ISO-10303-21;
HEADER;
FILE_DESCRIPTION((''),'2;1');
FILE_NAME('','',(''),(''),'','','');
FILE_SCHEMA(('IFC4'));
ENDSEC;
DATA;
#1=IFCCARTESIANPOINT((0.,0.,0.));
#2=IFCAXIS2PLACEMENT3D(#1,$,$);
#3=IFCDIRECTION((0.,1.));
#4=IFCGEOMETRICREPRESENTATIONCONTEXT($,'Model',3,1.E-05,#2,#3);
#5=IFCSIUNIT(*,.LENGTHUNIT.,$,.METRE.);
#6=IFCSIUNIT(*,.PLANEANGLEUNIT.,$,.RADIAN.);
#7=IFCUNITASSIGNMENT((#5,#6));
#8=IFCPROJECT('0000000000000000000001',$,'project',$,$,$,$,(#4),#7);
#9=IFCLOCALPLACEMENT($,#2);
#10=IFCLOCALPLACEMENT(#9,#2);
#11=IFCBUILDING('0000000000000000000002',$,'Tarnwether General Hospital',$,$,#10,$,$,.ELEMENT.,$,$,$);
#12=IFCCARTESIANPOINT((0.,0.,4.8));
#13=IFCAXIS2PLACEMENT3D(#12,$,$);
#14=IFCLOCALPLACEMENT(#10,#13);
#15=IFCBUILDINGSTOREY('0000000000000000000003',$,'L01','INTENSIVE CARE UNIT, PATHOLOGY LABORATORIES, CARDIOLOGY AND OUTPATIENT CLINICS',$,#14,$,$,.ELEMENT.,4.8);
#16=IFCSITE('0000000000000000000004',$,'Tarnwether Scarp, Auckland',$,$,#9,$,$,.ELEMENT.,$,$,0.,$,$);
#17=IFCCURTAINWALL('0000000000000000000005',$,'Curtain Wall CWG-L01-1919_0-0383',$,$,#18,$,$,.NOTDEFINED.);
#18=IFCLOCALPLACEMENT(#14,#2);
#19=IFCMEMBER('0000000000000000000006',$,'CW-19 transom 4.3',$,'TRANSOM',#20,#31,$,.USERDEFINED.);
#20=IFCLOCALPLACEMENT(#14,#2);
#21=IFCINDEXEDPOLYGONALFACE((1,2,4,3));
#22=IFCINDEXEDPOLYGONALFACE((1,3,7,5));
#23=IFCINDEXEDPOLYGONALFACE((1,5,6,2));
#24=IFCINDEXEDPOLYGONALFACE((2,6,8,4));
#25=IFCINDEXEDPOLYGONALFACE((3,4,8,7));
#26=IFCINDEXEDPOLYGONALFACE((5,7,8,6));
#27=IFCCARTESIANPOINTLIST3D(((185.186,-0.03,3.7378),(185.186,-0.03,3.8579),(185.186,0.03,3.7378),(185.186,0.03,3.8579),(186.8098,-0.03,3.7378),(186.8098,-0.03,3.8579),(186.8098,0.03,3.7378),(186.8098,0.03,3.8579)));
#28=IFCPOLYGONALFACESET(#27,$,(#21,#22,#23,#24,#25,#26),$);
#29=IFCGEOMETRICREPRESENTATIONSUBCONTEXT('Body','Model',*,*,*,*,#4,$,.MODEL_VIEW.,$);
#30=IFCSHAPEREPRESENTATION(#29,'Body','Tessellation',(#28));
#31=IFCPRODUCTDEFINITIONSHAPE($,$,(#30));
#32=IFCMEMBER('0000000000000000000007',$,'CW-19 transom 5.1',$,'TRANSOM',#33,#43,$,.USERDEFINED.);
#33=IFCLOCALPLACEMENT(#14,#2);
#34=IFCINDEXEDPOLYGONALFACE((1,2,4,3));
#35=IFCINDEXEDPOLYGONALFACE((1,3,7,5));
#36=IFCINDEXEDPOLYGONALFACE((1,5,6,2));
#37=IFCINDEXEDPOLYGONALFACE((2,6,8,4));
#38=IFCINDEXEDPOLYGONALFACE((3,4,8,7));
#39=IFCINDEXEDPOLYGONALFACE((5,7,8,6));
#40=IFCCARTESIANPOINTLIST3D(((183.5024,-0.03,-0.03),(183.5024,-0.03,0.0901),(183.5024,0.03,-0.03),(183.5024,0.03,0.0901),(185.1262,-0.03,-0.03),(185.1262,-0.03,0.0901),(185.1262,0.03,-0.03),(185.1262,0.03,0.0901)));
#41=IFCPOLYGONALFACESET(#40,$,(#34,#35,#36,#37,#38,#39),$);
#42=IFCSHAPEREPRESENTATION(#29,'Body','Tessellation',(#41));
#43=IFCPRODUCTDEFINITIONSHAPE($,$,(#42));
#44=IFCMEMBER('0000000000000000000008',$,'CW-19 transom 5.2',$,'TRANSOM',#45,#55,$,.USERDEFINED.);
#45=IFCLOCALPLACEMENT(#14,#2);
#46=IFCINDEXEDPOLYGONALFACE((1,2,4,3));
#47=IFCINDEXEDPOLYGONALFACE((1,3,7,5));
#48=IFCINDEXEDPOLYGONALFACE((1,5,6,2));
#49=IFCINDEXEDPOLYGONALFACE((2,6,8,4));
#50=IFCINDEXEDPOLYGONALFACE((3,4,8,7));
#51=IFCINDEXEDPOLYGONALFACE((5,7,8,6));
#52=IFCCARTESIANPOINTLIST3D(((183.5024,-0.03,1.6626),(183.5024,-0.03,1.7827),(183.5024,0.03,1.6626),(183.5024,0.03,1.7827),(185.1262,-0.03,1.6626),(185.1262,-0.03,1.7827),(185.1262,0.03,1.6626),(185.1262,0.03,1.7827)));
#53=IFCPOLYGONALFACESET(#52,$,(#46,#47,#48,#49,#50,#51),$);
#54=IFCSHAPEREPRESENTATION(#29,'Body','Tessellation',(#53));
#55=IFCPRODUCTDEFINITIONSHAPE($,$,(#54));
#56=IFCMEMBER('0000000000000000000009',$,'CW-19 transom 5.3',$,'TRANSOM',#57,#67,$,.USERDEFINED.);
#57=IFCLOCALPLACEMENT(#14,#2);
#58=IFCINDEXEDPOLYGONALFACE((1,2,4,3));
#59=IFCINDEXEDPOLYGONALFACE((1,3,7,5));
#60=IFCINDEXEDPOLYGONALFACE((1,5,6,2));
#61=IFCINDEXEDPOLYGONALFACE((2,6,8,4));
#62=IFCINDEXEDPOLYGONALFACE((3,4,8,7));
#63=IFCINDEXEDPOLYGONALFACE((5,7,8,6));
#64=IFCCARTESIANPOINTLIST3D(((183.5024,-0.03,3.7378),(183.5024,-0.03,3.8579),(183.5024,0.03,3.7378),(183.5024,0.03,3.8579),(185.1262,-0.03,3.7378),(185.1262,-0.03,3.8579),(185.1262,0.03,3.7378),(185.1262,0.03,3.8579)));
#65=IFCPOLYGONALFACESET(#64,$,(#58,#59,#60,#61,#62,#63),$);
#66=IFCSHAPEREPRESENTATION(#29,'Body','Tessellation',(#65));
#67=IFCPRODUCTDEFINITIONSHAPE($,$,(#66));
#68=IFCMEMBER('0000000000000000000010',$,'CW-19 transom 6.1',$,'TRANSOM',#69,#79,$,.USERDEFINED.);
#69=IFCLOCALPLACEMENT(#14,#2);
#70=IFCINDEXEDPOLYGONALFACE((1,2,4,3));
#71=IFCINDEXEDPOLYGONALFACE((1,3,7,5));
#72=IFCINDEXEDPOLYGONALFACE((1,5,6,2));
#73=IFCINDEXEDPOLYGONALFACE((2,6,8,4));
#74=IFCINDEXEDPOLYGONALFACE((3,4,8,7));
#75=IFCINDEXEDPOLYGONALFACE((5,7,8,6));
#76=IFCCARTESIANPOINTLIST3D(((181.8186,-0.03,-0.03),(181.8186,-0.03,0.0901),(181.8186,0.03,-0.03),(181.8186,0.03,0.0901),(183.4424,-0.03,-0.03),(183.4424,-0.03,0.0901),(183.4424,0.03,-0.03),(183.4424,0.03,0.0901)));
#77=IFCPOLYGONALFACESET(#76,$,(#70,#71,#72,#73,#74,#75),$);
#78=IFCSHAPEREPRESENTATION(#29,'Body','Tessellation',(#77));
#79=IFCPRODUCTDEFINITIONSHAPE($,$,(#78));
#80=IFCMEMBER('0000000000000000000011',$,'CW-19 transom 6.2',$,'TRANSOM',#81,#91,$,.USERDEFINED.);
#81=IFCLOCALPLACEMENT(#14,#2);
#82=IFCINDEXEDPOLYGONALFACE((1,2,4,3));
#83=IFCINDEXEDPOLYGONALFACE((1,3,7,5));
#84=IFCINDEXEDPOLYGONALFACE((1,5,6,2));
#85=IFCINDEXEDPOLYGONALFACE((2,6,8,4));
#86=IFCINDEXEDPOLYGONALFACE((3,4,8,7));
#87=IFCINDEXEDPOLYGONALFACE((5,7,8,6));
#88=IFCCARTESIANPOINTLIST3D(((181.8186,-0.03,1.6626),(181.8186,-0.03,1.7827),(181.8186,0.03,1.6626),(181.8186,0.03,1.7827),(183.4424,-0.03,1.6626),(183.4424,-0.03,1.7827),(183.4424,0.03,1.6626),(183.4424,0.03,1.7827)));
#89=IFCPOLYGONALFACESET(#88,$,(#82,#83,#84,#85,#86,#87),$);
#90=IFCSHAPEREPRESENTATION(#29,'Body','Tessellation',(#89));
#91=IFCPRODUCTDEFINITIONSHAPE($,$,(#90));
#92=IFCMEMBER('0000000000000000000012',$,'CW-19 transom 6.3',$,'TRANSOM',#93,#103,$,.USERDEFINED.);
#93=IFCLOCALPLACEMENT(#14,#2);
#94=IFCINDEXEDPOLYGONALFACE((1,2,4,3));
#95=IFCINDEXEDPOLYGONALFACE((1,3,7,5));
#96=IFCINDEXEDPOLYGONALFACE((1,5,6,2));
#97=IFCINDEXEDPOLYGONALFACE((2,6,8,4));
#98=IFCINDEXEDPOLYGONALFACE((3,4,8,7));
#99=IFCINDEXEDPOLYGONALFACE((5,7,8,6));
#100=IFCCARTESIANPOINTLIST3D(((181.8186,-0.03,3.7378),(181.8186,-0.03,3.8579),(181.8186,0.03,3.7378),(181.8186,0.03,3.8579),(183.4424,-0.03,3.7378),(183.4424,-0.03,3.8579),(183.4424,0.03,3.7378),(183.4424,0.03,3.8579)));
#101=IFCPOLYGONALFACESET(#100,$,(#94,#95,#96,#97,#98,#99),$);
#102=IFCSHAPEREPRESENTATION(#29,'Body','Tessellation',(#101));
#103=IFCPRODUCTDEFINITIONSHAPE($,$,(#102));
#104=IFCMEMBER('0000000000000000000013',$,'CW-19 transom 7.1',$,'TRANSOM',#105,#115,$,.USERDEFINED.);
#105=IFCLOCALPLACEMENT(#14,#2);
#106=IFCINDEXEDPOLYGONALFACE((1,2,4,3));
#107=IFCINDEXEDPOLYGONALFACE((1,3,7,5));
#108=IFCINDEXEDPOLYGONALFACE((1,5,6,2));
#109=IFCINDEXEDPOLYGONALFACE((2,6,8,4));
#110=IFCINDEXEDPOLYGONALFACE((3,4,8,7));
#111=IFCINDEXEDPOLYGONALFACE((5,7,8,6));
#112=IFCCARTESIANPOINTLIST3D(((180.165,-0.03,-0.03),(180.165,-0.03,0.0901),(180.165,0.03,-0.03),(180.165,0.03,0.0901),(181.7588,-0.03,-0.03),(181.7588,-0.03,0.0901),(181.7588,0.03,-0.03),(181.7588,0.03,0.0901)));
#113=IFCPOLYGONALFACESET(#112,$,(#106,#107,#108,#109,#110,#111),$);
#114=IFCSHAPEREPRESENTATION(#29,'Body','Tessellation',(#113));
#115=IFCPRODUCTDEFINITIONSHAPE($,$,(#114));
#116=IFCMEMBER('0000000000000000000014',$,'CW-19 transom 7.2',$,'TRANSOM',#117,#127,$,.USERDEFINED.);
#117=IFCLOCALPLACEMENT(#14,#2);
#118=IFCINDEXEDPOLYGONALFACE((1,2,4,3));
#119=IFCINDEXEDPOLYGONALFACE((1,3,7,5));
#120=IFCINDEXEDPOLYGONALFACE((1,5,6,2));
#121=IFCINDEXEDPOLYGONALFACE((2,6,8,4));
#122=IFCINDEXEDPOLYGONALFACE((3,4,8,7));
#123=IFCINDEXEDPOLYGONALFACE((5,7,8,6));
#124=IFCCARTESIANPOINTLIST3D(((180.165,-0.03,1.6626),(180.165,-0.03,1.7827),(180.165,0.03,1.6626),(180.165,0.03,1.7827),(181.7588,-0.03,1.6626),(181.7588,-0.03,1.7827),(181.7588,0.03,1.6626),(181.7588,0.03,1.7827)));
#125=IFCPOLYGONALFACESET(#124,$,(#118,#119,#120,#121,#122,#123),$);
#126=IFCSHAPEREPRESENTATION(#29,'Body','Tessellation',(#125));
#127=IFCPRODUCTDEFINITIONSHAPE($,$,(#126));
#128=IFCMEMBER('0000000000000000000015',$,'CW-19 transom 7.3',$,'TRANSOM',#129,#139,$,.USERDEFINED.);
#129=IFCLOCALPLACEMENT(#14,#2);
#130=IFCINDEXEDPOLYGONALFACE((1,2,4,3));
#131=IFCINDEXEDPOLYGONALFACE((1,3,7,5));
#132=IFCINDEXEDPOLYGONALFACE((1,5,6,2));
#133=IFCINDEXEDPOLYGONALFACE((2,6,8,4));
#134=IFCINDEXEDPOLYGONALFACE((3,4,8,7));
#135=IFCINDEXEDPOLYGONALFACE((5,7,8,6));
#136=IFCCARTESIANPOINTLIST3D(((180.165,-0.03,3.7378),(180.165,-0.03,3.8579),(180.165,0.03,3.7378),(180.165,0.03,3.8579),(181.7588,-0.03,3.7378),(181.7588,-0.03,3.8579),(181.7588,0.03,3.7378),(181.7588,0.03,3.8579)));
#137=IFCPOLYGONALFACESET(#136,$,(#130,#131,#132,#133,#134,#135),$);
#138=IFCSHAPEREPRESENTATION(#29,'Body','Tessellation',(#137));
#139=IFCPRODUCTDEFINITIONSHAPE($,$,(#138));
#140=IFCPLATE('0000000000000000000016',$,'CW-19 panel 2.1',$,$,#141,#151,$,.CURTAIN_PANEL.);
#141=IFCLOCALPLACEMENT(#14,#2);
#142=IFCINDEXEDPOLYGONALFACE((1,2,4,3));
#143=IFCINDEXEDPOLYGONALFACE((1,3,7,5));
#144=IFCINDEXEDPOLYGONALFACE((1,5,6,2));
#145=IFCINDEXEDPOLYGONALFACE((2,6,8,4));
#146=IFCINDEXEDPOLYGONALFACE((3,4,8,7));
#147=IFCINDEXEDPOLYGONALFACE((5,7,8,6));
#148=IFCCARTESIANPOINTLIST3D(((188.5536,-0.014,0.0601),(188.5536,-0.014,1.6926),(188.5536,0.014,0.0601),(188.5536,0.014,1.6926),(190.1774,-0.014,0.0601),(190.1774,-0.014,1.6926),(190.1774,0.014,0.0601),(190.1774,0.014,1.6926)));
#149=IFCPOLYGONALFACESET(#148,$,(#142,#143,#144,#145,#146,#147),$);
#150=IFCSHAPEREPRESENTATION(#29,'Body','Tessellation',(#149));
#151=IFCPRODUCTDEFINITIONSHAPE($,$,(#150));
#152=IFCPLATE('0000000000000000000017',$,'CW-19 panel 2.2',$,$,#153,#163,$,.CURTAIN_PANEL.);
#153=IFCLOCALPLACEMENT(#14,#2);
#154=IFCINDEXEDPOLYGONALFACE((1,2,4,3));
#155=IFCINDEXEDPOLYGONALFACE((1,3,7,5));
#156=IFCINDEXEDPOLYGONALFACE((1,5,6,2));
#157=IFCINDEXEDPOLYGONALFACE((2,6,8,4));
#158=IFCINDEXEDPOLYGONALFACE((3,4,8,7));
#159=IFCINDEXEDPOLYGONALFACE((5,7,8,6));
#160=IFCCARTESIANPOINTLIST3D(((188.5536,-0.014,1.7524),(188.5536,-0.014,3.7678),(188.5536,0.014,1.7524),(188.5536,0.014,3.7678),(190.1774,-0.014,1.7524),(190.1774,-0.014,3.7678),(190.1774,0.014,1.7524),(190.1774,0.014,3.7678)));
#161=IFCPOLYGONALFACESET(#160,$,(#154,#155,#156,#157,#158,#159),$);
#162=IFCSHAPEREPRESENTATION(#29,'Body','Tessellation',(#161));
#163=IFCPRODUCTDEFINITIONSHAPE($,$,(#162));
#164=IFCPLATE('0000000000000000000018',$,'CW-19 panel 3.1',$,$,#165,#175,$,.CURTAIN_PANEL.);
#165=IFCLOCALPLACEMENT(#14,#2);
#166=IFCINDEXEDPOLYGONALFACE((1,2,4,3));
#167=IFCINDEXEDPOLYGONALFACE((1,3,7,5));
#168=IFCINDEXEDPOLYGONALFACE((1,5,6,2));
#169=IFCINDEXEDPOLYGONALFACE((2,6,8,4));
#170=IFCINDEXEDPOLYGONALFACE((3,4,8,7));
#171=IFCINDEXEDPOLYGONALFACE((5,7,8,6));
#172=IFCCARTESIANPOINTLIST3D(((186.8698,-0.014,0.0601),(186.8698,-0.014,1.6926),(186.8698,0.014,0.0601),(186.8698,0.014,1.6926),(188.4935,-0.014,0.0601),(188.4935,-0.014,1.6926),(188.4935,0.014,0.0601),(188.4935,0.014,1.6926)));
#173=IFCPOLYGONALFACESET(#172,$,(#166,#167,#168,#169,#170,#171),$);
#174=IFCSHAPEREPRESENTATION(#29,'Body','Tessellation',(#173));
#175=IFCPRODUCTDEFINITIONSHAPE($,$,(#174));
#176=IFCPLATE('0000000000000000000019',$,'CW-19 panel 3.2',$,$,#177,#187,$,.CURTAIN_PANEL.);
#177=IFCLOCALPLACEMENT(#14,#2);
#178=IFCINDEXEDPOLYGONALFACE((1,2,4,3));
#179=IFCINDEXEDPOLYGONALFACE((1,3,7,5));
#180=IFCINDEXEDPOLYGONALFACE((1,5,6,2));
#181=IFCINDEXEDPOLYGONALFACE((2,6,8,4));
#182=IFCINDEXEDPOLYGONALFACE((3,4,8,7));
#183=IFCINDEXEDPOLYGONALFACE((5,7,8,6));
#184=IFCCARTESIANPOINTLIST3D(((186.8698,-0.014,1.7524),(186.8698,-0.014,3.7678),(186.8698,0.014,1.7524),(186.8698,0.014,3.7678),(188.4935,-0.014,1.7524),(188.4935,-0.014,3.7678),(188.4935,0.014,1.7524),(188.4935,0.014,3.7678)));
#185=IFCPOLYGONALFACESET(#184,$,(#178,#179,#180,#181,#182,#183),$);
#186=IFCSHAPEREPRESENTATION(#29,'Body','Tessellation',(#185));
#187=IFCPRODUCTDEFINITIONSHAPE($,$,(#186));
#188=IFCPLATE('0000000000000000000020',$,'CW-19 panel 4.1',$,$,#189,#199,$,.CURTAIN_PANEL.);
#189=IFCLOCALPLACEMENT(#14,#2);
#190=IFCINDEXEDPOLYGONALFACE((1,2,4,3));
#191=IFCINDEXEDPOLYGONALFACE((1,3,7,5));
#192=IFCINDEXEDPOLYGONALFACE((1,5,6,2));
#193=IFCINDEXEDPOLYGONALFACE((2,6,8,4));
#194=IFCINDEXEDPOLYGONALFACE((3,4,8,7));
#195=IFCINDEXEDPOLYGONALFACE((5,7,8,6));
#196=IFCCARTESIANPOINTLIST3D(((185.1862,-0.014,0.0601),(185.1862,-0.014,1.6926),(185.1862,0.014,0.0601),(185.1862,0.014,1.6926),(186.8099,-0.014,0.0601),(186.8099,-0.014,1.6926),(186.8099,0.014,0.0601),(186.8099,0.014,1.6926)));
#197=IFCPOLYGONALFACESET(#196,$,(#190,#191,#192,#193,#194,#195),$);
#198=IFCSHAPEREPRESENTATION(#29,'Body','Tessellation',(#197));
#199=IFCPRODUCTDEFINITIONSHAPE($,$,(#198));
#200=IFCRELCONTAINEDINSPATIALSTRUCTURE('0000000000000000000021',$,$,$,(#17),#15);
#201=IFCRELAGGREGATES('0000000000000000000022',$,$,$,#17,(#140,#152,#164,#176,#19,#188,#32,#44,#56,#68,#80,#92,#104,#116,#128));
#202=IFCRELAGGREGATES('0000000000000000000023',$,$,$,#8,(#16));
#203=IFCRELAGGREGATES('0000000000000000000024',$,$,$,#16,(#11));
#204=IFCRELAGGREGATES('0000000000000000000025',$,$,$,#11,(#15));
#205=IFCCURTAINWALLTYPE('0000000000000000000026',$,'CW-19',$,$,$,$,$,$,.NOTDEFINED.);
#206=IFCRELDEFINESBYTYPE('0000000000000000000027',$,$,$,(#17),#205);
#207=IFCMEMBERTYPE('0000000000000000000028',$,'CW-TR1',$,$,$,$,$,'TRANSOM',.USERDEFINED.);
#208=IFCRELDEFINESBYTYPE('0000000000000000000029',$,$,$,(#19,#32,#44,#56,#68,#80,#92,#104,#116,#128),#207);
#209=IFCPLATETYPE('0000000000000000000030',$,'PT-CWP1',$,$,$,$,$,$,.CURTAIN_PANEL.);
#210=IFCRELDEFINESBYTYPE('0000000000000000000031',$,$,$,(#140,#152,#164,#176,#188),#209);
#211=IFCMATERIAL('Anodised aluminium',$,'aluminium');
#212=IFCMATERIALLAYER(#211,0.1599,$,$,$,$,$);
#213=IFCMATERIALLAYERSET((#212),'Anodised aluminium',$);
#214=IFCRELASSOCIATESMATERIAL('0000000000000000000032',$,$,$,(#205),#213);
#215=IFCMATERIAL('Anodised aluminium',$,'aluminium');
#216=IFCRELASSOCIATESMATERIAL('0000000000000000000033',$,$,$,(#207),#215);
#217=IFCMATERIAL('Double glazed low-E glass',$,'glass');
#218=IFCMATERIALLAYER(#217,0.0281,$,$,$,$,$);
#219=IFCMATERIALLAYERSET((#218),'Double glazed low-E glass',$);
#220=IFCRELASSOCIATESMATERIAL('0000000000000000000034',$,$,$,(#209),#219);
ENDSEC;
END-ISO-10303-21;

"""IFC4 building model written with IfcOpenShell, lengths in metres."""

from ifc_helpers import new_model, si_unit, direction, frame, origin, origin_2d, place, context, subcontext, project, spatial, rectangle, extrude, material, layer, layer_set, material_profile, profile_set, type_object, element, aggregate, save


model = new_model("IFC4")

# Units and contexts
model_context = context("Model", 3, precision=1e-05, world=origin(), true_north=direction((0.0, 1.0)))
body_context = subcontext(model_context, "Body", "Model", "MODEL_VIEW")
ifc_project = project(units=[si_unit("LENGTHUNIT", "METRE"), si_unit("PLANEANGLEUNIT", "RADIAN")], contexts=[model_context])

# Site, building, storey
site_placement = place(None, origin())
site = spatial("IfcSite", under=ifc_project, at=site_placement, Name="Tarnwether Scarp, Auckland", CompositionType="ELEMENT", RefElevation=0.0)
building_placement = place(site_placement, origin())
building = spatial("IfcBuilding", under=site, at=building_placement, Name="Tarnwether General Hospital", CompositionType="ELEMENT")
storey_placement = place(building_placement, frame((0.0, 0.0, 4.8)))
storey = spatial("IfcBuildingStorey", under=building, at=storey_placement, Name="L01", Description="INTENSIVE CARE UNIT, PATHOLOGY LABORATORIES, CARDIOLOGY AND OUTPATIENT CLINICS", CompositionType="ELEMENT", Elevation=4.8)

# Curtain wall, members, plates
ifc_material_1 = material(Name="Anodised aluminium", Category="aluminium")
ifc_layer_1 = layer(ifc_material_1, 0.1599)
ifc_layer_set_1 = layer_set([ifc_layer_1], Name="Anodised aluminium")
curtain_wall_type = type_object("IfcCurtainWallType", Name="CW-19", PredefinedType="NOTDEFINED", material=ifc_layer_set_1)
curtain_wall_placement = place(storey_placement, origin())
curtain_wall = element("IfcCurtainWall", 1, at=curtain_wall_placement, inside=storey, type_object=curtain_wall_type, Name="Curtain Wall CWG-L01-1919_0-0383", PredefinedType="NOTDEFINED")
ifc_material_2 = material(Name="Anodised aluminium", Category="aluminium")
ifc_material_profile_1 = material_profile(ifc_material_2, rectangle(XDim=0.0601, YDim=0.1201, at=origin_2d()), Name="ALU-TRN-60x120")
ifc_profile_set_1 = profile_set([ifc_material_profile_1], Name="Anodised aluminium")
member_type_1 = type_object("IfcMemberType", Name="CW-TR1", ElementType="TRANSOM", PredefinedType="USERDEFINED", material=ifc_profile_set_1)
member_1_placement = place(storey_placement, frame((186.8098, 0.0, 3.7979), z_axis=(-1.0, 0.0, 0.0), x_axis=(0.0, -1.0, 0.0)))
member_1 = element("IfcMember", 2, at=member_1_placement, type_object=member_type_1, Name="CW-19 transom 4.3", ObjectType="TRANSOM", PredefinedType="USERDEFINED", context=body_context, shape_type="SweptSolid", body=[
    extrude(rectangle(XDim=0.0601, YDim=0.1201, at=origin_2d()), origin(), (0.0, 0.0, 1.0), 1.6238),
])
member_2_placement = place(storey_placement, frame((185.1262, 0.0, 0.03), z_axis=(-1.0, 0.0, 0.0), x_axis=(0.0, -1.0, 0.0)))
member_2 = element("IfcMember", 3, at=member_2_placement, type_object=member_type_1, Name="CW-19 transom 5.1", ObjectType="TRANSOM", PredefinedType="USERDEFINED", context=body_context, shape_type="SweptSolid", body=[
    extrude(rectangle(XDim=0.0601, YDim=0.1201, at=origin_2d()), origin(), (0.0, 0.0, 1.0), 1.6238),
])
member_3_placement = place(storey_placement, frame((185.1262, 0.0, 1.7227), z_axis=(-1.0, 0.0, 0.0), x_axis=(0.0, -1.0, 0.0)))
member_3 = element("IfcMember", 4, at=member_3_placement, type_object=member_type_1, Name="CW-19 transom 5.2", ObjectType="TRANSOM", PredefinedType="USERDEFINED", context=body_context, shape_type="SweptSolid", body=[
    extrude(rectangle(XDim=0.0601, YDim=0.1201, at=origin_2d()), origin(), (0.0, 0.0, 1.0), 1.6238),
])
member_4_placement = place(storey_placement, frame((185.1262, 0.0, 3.7979), z_axis=(-1.0, 0.0, 0.0), x_axis=(0.0, -1.0, 0.0)))
member_4 = element("IfcMember", 5, at=member_4_placement, type_object=member_type_1, Name="CW-19 transom 5.3", ObjectType="TRANSOM", PredefinedType="USERDEFINED", context=body_context, shape_type="SweptSolid", body=[
    extrude(rectangle(XDim=0.0601, YDim=0.1201, at=origin_2d()), origin(), (0.0, 0.0, 1.0), 1.6238),
])
member_5_placement = place(storey_placement, frame((183.4424, 0.0, 0.03), z_axis=(-1.0, 0.0, 0.0), x_axis=(0.0, -1.0, 0.0)))
member_5 = element("IfcMember", 6, at=member_5_placement, type_object=member_type_1, Name="CW-19 transom 6.1", ObjectType="TRANSOM", PredefinedType="USERDEFINED", context=body_context, shape_type="SweptSolid", body=[
    extrude(rectangle(XDim=0.0601, YDim=0.1201, at=origin_2d()), origin(), (0.0, 0.0, 1.0), 1.6238),
])
member_6_placement = place(storey_placement, frame((183.4424, 0.0, 1.7227), z_axis=(-1.0, 0.0, 0.0), x_axis=(0.0, -1.0, 0.0)))
member_6 = element("IfcMember", 7, at=member_6_placement, type_object=member_type_1, Name="CW-19 transom 6.2", ObjectType="TRANSOM", PredefinedType="USERDEFINED", context=body_context, shape_type="SweptSolid", body=[
    extrude(rectangle(XDim=0.0601, YDim=0.1201, at=origin_2d()), origin(), (0.0, 0.0, 1.0), 1.6238),
])
member_7_placement = place(storey_placement, frame((183.4424, 0.0, 3.7979), z_axis=(-1.0, 0.0, 0.0), x_axis=(0.0, -1.0, 0.0)))
member_7 = element("IfcMember", 8, at=member_7_placement, type_object=member_type_1, Name="CW-19 transom 6.3", ObjectType="TRANSOM", PredefinedType="USERDEFINED", context=body_context, shape_type="SweptSolid", body=[
    extrude(rectangle(XDim=0.0601, YDim=0.1201, at=origin_2d()), origin(), (0.0, 0.0, 1.0), 1.6238),
])
member_8_placement = place(storey_placement, frame((181.7588, 0.0, 0.03), z_axis=(-1.0, 0.0, 0.0), x_axis=(0.0, -1.0, 0.0)))
member_8 = element("IfcMember", 9, at=member_8_placement, type_object=member_type_1, Name="CW-19 transom 7.1", ObjectType="TRANSOM", PredefinedType="USERDEFINED", context=body_context, shape_type="SweptSolid", body=[
    extrude(rectangle(XDim=0.0601, YDim=0.1201, at=origin_2d()), origin(), (0.0, 0.0, 1.0), 1.5938),
])
member_9_placement = place(storey_placement, frame((181.7588, 0.0, 1.7227), z_axis=(-1.0, 0.0, 0.0), x_axis=(0.0, -1.0, 0.0)))
member_9 = element("IfcMember", 10, at=member_9_placement, type_object=member_type_1, Name="CW-19 transom 7.2", ObjectType="TRANSOM", PredefinedType="USERDEFINED", context=body_context, shape_type="SweptSolid", body=[
    extrude(rectangle(XDim=0.0601, YDim=0.1201, at=origin_2d()), origin(), (0.0, 0.0, 1.0), 1.5938),
])
member_10_placement = place(storey_placement, frame((181.7588, 0.0, 3.7979), z_axis=(-1.0, 0.0, 0.0), x_axis=(0.0, -1.0, 0.0)))
member_10 = element("IfcMember", 11, at=member_10_placement, type_object=member_type_1, Name="CW-19 transom 7.3", ObjectType="TRANSOM", PredefinedType="USERDEFINED", context=body_context, shape_type="SweptSolid", body=[
    extrude(rectangle(XDim=0.0601, YDim=0.1201, at=origin_2d()), origin(), (0.0, 0.0, 1.0), 1.5938),
])
ifc_material_3 = material(Name="Double glazed low-E glass", Category="glass")
ifc_layer_2 = layer(ifc_material_3, 0.0281)
ifc_layer_set_2 = layer_set([ifc_layer_2], Name="Double glazed low-E glass")
plate_type = type_object("IfcPlateType", Name="PT-CWP1", PredefinedType="CURTAIN_PANEL", material=ifc_layer_set_2)
plate_1_placement = place(storey_placement, frame((189.3655, 0.0, 0.0601), z_axis=(0.0, 0.0, 1.0), x_axis=(-1.0, 0.0, 0.0)))
plate_1 = element("IfcPlate", 12, at=plate_1_placement, type_object=plate_type, Name="CW-19 panel 2.1", PredefinedType="CURTAIN_PANEL", context=body_context, shape_type="SweptSolid", body=[
    extrude(rectangle(XDim=1.6238, YDim=0.0281, at=origin_2d()), origin(), (0.0, 0.0, 1.0), 1.6326),
])
plate_2_placement = place(storey_placement, frame((189.3655, 0.0, 1.7524), z_axis=(0.0, 0.0, 1.0), x_axis=(-1.0, 0.0, 0.0)))
plate_2 = element("IfcPlate", 13, at=plate_2_placement, type_object=plate_type, Name="CW-19 panel 2.2", PredefinedType="CURTAIN_PANEL", context=body_context, shape_type="SweptSolid", body=[
    extrude(rectangle(XDim=1.6238, YDim=0.0281, at=origin_2d()), origin(), (0.0, 0.0, 1.0), 2.0154),
])
plate_3_placement = place(storey_placement, frame((187.6816, 0.0, 0.0601), z_axis=(0.0, 0.0, 1.0), x_axis=(-1.0, 0.0, 0.0)))
plate_3 = element("IfcPlate", 14, at=plate_3_placement, type_object=plate_type, Name="CW-19 panel 3.1", PredefinedType="CURTAIN_PANEL", context=body_context, shape_type="SweptSolid", body=[
    extrude(rectangle(XDim=1.6238, YDim=0.0281, at=origin_2d()), origin(), (0.0, 0.0, 1.0), 1.6326),
])
plate_4_placement = place(storey_placement, frame((187.6816, 0.0, 1.7524), z_axis=(0.0, 0.0, 1.0), x_axis=(-1.0, 0.0, 0.0)))
plate_4 = element("IfcPlate", 15, at=plate_4_placement, type_object=plate_type, Name="CW-19 panel 3.2", PredefinedType="CURTAIN_PANEL", context=body_context, shape_type="SweptSolid", body=[
    extrude(rectangle(XDim=1.6238, YDim=0.0281, at=origin_2d()), origin(), (0.0, 0.0, 1.0), 2.0154),
])
plate_5_placement = place(storey_placement, frame((185.998, 0.0, 0.0601), z_axis=(0.0, 0.0, 1.0), x_axis=(-1.0, 0.0, 0.0)))
plate_5 = element("IfcPlate", 16, at=plate_5_placement, type_object=plate_type, Name="CW-19 panel 4.1", PredefinedType="CURTAIN_PANEL", context=body_context, shape_type="SweptSolid", body=[
    extrude(rectangle(XDim=1.6238, YDim=0.0281, at=origin_2d()), origin(), (0.0, 0.0, 1.0), 1.6326),
])
aggregate(curtain_wall, [plate_1, plate_2, plate_3, plate_4, member_1, plate_5, member_2, member_3, member_4, member_5, member_6, member_7, member_8, member_9, member_10])

save(model, "model.ifc")
